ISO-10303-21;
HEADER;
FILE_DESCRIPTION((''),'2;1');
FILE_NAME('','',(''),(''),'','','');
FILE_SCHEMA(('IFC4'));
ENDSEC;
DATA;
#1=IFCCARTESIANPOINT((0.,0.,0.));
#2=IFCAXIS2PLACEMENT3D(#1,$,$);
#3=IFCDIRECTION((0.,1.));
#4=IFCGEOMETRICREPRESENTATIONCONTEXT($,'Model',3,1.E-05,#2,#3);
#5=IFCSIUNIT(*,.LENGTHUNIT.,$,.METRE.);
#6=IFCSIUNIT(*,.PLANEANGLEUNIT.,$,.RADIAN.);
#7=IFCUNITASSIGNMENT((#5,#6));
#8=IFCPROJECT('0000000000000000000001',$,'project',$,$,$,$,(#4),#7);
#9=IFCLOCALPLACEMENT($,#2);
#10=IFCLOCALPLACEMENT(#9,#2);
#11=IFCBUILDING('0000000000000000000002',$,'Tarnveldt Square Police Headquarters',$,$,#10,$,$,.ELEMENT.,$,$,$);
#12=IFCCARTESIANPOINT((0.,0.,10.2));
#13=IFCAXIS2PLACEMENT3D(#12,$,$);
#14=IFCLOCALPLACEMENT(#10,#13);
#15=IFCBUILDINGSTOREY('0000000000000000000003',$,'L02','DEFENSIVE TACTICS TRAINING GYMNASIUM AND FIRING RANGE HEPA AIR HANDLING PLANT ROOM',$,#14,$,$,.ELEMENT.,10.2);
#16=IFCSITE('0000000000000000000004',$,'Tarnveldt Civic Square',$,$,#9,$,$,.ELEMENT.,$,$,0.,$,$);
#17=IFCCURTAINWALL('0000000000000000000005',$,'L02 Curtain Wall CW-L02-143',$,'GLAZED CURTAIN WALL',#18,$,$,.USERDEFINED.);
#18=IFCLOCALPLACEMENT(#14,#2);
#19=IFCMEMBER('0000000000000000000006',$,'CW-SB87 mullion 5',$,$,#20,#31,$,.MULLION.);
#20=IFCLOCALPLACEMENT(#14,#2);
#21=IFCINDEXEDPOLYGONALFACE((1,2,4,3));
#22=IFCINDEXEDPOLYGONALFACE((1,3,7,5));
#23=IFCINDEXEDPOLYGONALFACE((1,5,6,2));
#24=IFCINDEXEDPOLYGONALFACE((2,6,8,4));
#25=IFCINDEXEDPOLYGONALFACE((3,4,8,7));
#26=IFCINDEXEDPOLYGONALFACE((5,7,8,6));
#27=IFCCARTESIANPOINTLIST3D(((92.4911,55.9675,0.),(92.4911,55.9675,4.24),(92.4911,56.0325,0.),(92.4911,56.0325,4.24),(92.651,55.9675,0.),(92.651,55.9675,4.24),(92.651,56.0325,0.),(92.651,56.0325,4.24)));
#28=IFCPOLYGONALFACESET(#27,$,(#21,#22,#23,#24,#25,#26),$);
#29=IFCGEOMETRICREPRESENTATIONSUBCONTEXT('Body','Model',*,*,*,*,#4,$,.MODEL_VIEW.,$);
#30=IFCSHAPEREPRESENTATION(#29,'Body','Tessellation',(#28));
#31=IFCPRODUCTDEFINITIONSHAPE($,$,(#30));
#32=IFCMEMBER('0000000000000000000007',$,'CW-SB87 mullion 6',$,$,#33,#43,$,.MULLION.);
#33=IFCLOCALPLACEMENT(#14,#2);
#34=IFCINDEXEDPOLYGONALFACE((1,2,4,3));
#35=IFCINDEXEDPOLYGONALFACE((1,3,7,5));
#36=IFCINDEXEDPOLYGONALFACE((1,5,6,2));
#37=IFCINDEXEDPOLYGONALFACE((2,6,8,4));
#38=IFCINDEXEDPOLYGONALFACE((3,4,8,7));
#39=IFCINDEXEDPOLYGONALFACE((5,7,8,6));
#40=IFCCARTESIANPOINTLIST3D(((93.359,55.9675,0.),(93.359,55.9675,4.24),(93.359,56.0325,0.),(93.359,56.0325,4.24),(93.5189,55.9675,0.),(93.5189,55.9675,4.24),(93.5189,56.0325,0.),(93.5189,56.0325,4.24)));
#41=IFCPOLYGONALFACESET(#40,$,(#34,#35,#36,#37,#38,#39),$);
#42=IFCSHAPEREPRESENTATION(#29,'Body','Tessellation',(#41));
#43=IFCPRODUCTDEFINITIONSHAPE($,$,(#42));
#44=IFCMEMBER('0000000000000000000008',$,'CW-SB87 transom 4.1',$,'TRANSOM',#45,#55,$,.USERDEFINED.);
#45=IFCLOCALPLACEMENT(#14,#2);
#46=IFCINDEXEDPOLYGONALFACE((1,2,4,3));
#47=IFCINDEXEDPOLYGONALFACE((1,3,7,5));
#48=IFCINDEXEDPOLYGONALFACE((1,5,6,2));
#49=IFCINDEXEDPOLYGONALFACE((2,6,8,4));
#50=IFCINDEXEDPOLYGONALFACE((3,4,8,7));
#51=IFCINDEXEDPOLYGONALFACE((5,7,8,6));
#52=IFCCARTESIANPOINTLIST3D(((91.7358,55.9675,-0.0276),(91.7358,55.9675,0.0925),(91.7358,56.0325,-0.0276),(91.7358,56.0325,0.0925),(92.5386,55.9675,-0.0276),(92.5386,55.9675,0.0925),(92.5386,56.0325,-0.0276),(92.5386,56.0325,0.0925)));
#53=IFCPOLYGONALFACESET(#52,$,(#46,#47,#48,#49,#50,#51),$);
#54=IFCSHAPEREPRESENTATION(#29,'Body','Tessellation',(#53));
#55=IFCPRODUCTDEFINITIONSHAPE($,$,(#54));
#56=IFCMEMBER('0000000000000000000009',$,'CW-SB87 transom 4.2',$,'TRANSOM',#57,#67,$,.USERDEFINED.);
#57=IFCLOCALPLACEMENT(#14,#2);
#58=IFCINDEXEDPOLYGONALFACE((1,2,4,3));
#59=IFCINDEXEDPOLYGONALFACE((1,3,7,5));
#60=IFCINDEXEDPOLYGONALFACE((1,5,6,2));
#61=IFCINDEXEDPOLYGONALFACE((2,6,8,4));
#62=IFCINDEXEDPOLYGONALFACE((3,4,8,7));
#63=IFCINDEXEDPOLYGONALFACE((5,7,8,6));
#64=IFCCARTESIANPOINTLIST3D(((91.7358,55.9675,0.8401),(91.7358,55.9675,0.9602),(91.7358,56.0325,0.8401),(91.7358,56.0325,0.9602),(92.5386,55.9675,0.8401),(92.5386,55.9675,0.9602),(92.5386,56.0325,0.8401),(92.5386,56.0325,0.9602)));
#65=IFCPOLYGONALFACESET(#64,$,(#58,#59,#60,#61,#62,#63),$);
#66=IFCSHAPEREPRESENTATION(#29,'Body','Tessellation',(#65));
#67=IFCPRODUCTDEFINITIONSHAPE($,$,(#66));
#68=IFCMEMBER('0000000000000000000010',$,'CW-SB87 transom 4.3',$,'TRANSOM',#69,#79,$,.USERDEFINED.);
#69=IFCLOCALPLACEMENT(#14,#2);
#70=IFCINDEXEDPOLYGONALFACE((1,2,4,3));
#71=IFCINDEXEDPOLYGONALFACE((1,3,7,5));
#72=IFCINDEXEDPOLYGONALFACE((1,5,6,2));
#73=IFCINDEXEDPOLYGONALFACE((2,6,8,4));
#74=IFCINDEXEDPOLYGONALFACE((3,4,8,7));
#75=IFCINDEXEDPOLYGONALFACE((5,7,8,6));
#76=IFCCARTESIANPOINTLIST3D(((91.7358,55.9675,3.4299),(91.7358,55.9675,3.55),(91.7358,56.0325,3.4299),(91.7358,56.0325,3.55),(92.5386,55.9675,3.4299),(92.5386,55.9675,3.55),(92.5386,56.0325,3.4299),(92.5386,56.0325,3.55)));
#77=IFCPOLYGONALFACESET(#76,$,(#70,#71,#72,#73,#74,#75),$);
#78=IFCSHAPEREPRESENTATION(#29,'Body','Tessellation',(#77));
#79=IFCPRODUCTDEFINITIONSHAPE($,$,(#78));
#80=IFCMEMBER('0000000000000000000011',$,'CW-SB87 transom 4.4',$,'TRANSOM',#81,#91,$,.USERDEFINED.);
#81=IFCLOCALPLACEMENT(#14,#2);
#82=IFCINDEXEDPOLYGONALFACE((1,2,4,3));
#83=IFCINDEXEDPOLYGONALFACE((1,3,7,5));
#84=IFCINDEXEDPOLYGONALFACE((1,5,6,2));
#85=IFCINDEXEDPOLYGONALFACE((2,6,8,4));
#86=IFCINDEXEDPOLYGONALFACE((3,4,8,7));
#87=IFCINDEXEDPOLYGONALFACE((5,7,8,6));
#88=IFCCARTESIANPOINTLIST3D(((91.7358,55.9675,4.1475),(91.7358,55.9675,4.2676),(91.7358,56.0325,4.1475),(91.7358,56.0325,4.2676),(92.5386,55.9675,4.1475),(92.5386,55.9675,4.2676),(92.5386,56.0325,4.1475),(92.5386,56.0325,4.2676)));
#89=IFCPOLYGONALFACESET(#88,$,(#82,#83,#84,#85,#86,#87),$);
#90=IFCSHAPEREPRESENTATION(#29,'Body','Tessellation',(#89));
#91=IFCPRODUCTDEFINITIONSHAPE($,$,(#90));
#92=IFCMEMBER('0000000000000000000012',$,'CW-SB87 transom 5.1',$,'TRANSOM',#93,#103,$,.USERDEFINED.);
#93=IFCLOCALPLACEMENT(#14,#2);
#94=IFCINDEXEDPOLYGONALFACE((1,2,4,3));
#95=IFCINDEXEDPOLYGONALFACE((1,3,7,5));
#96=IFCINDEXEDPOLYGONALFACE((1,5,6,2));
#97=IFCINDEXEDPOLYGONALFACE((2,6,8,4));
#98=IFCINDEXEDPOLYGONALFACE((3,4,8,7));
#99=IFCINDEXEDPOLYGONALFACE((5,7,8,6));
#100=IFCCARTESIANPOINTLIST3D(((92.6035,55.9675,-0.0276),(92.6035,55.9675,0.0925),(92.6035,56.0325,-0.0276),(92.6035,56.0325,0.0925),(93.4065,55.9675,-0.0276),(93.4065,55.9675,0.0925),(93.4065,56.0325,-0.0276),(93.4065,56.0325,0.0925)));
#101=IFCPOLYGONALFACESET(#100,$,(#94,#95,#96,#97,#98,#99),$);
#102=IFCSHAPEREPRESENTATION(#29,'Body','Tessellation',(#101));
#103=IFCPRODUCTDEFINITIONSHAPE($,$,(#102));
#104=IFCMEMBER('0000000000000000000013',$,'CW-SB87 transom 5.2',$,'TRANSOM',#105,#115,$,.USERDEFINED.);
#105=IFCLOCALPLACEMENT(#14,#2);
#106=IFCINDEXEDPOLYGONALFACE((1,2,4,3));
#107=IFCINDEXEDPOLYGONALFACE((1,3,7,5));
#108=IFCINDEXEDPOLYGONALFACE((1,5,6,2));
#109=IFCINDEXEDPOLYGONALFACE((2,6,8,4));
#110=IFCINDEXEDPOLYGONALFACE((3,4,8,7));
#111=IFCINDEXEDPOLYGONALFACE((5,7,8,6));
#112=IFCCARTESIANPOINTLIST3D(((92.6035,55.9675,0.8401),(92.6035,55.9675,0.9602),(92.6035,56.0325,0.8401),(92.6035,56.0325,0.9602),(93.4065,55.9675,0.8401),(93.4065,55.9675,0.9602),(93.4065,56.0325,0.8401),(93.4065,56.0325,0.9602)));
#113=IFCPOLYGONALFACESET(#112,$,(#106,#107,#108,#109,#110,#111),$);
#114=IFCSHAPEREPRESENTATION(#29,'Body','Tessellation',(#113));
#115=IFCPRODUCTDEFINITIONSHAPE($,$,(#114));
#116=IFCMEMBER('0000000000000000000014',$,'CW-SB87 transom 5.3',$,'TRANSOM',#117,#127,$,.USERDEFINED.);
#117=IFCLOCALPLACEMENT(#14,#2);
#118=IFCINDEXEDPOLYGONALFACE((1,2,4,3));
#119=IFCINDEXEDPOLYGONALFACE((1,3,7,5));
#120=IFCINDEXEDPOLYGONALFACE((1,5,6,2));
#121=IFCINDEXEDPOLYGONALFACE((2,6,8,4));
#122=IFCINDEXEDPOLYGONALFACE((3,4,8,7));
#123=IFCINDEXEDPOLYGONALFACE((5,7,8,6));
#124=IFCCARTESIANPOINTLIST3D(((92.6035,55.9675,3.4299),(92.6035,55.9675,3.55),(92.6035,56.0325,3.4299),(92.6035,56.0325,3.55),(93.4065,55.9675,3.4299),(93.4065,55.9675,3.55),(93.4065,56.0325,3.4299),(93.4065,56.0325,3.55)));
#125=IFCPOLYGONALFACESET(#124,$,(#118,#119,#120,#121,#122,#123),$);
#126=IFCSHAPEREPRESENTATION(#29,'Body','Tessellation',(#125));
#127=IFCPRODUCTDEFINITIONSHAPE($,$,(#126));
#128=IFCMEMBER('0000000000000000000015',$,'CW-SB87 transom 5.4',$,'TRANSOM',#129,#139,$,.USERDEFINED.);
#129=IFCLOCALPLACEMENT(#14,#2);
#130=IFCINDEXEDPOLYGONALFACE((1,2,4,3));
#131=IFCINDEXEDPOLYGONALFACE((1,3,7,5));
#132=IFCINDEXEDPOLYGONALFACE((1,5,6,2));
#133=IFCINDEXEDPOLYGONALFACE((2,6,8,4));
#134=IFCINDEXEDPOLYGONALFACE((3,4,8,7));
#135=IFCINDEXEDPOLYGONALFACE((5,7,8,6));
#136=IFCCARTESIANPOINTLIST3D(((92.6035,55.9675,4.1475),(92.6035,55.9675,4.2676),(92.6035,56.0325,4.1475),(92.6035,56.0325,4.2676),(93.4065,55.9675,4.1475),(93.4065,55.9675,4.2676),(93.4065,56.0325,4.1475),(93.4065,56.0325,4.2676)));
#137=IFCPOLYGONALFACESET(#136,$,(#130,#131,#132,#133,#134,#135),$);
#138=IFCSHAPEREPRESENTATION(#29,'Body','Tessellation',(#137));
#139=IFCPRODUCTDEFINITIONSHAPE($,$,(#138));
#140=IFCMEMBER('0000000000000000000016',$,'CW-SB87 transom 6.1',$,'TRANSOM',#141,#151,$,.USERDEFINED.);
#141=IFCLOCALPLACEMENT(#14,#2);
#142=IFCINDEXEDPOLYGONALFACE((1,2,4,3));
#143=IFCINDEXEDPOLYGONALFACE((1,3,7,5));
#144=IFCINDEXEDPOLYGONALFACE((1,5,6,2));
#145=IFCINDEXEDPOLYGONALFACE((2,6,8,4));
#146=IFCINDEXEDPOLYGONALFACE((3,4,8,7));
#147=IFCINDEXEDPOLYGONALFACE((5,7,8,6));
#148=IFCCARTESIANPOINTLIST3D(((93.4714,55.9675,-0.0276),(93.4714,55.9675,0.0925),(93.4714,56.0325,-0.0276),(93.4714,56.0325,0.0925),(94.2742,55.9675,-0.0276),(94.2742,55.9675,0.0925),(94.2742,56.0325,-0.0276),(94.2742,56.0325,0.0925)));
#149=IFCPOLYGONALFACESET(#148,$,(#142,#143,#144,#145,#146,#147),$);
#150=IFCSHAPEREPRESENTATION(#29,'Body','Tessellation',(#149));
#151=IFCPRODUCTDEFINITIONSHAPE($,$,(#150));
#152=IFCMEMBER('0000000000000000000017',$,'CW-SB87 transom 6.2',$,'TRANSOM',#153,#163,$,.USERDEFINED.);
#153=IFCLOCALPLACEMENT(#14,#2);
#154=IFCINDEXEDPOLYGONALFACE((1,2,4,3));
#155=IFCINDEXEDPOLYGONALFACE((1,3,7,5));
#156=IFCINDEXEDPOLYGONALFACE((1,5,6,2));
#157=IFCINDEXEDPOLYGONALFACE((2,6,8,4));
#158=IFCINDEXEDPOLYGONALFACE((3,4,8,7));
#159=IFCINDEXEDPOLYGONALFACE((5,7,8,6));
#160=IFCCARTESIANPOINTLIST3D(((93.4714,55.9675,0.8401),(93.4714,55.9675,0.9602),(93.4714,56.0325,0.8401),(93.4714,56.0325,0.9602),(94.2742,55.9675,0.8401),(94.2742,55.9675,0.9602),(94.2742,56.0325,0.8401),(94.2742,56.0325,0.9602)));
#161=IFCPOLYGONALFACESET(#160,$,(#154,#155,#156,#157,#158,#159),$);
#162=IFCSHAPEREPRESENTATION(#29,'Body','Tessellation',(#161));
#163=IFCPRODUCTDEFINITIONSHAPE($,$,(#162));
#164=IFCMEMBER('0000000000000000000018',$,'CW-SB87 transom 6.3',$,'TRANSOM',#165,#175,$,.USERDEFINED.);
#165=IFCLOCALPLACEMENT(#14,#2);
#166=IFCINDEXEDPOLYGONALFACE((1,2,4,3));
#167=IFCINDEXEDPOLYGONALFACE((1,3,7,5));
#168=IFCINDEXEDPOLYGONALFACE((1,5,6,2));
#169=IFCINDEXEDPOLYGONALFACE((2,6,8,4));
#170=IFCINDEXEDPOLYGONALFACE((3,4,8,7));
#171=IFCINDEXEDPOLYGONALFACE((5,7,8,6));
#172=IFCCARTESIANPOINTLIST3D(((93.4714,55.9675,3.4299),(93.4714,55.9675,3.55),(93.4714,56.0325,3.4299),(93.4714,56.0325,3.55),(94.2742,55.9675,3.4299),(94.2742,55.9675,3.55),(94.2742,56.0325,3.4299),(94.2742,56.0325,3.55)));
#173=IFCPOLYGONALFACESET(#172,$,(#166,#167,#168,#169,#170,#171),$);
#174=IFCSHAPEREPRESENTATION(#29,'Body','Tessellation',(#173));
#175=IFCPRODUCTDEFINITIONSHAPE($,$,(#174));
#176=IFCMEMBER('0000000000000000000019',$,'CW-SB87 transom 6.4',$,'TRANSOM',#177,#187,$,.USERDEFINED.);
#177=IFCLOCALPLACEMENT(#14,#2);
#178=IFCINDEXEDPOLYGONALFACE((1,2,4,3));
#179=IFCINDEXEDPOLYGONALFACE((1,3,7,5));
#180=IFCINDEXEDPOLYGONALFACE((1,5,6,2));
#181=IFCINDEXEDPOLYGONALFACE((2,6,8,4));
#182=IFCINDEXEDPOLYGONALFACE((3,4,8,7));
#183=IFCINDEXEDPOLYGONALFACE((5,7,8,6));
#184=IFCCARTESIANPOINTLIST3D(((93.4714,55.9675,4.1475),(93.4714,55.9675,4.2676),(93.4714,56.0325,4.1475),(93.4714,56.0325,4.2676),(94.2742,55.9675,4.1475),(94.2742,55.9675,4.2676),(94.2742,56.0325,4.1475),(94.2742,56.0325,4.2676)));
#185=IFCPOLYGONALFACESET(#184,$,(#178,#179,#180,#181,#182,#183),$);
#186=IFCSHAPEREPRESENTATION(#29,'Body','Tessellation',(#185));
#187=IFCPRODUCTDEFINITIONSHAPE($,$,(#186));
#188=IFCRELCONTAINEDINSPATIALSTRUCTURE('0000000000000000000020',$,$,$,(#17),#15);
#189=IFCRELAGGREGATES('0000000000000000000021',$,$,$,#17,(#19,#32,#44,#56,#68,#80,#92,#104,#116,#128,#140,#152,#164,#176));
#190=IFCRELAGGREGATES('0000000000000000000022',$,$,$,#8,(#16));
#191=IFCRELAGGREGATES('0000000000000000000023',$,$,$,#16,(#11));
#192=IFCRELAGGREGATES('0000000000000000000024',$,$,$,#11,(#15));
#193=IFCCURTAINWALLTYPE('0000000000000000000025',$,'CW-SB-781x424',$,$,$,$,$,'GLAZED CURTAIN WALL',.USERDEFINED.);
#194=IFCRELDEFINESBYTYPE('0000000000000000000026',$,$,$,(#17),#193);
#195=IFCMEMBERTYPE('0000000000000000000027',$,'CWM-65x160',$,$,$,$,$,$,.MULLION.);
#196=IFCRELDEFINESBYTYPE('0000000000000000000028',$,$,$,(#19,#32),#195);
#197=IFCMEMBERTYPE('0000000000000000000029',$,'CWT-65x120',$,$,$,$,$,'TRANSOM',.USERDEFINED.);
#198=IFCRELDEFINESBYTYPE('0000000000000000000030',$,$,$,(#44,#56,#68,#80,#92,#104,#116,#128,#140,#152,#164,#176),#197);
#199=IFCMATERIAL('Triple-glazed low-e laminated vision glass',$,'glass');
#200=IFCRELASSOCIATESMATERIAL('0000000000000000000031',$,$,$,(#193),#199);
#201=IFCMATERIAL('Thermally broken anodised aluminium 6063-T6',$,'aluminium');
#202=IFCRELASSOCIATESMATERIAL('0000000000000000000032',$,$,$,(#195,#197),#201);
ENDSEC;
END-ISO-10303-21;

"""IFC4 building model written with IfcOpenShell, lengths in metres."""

from ifc_helpers import new_model, si_unit, direction, frame, origin, origin_2d, place, context, subcontext, project, spatial, rectangle, extrude, material, material_profile, profile_set, type_object, element, aggregate, save


model = new_model("IFC4")

# Units and contexts
model_context = context("Model", 3, precision=1e-05, world=origin(), true_north=direction((0.0, 1.0)))
body_context = subcontext(model_context, "Body", "Model", "MODEL_VIEW")
ifc_project = project(units=[si_unit("LENGTHUNIT", "METRE"), si_unit("PLANEANGLEUNIT", "RADIAN")], contexts=[model_context])

# Site, building, storey
site_placement = place(None, origin())
site = spatial("IfcSite", under=ifc_project, at=site_placement, Name="Tarnveldt Civic Square", CompositionType="ELEMENT", RefElevation=0.0)
building_placement = place(site_placement, origin())
building = spatial("IfcBuilding", under=site, at=building_placement, Name="Tarnveldt Square Police Headquarters", CompositionType="ELEMENT")
storey_placement = place(building_placement, frame((0.0, 0.0, 10.2)))
storey = spatial("IfcBuildingStorey", under=building, at=storey_placement, Name="L02", Description="DEFENSIVE TACTICS TRAINING GYMNASIUM AND FIRING RANGE HEPA AIR HANDLING PLANT ROOM", CompositionType="ELEMENT", Elevation=10.2)

# Curtain wall, members
ifc_material_1 = material(Name="Triple-glazed low-e laminated vision glass", Category="glass")
curtain_wall_type = type_object("IfcCurtainWallType", Name="CW-SB-781x424", ElementType="GLAZED CURTAIN WALL", PredefinedType="USERDEFINED", material=ifc_material_1)
curtain_wall_placement = place(storey_placement, origin())
curtain_wall = element("IfcCurtainWall", 1, at=curtain_wall_placement, inside=storey, type_object=curtain_wall_type, Name="L02 Curtain Wall CW-L02-143", ObjectType="GLAZED CURTAIN WALL", PredefinedType="USERDEFINED")
ifc_material_2 = material(Name="Thermally broken anodised aluminium 6063-T6", Category="aluminium")
ifc_material_profile_1 = material_profile(ifc_material_2, rectangle(XDim=0.0649, YDim=0.1599, at=origin_2d()), Name="CW-M65x160")
ifc_profile_set_1 = profile_set([ifc_material_profile_1], Name="Thermally broken anodised aluminium 6063-T6")
member_type_1 = type_object("IfcMemberType", Name="CWM-65x160", PredefinedType="MULLION", material=ifc_profile_set_1)
member_1_placement = place(storey_placement, frame((92.571, 56.0, 0.0), z_axis=(0.0, 0.0, 1.0), x_axis=(0.0, 1.0, 0.0)))
member_1 = element("IfcMember", 2, at=member_1_placement, type_object=member_type_1, Name="CW-SB87 mullion 5", PredefinedType="MULLION", context=body_context, shape_type="SweptSolid", body=[
    extrude(rectangle(XDim=0.0649, YDim=0.1599, at=origin_2d()), origin(), (0.0, 0.0, 1.0), 4.24),
])
member_2_placement = place(storey_placement, frame((93.439, 56.0, 0.0), z_axis=(0.0, 0.0, 1.0), x_axis=(0.0, 1.0, 0.0)))
member_2 = element("IfcMember", 3, at=member_2_placement, type_object=member_type_1, Name="CW-SB87 mullion 6", PredefinedType="MULLION", context=body_context, shape_type="SweptSolid", body=[
    extrude(rectangle(XDim=0.0649, YDim=0.1599, at=origin_2d()), origin(), (0.0, 0.0, 1.0), 4.24),
])
ifc_material_profile_2 = material_profile(ifc_material_2, rectangle(XDim=0.0649, YDim=0.1201, at=origin_2d()), Name="CW-T65x120")
ifc_profile_set_2 = profile_set([ifc_material_profile_2], Name="Thermally broken anodised aluminium 6063-T6")
member_type_2 = type_object("IfcMemberType", Name="CWT-65x120", ElementType="TRANSOM", PredefinedType="USERDEFINED", material=ifc_profile_set_2)
member_3_placement = place(storey_placement, frame((91.7358, 56.0, 0.0325), z_axis=(1.0, 0.0, 0.0), x_axis=(0.0, 1.0, 0.0)))
member_3 = element("IfcMember", 4, at=member_3_placement, type_object=member_type_2, Name="CW-SB87 transom 4.1", ObjectType="TRANSOM", PredefinedType="USERDEFINED", context=body_context, shape_type="SweptSolid", body=[
    extrude(rectangle(XDim=0.0649, YDim=0.1201, at=origin_2d()), origin(), (0.0, 0.0, 1.0), 0.8027),
])
member_4_placement = place(storey_placement, frame((91.7358, 56.0, 0.9001), z_axis=(1.0, 0.0, 0.0), x_axis=(0.0, 1.0, 0.0)))
member_4 = element("IfcMember", 5, at=member_4_placement, type_object=member_type_2, Name="CW-SB87 transom 4.2", ObjectType="TRANSOM", PredefinedType="USERDEFINED", context=body_context, shape_type="SweptSolid", body=[
    extrude(rectangle(XDim=0.0649, YDim=0.1201, at=origin_2d()), origin(), (0.0, 0.0, 1.0), 0.8027),
])
member_5_placement = place(storey_placement, frame((91.7358, 56.0, 3.49), z_axis=(1.0, 0.0, 0.0), x_axis=(0.0, 1.0, 0.0)))
member_5 = element("IfcMember", 6, at=member_5_placement, type_object=member_type_2, Name="CW-SB87 transom 4.3", ObjectType="TRANSOM", PredefinedType="USERDEFINED", context=body_context, shape_type="SweptSolid", body=[
    extrude(rectangle(XDim=0.0649, YDim=0.1201, at=origin_2d()), origin(), (0.0, 0.0, 1.0), 0.8027),
])
member_6_placement = place(storey_placement, frame((91.7358, 56.0, 4.2075), z_axis=(1.0, 0.0, 0.0), x_axis=(0.0, 1.0, 0.0)))
member_6 = element("IfcMember", 7, at=member_6_placement, type_object=member_type_2, Name="CW-SB87 transom 4.4", ObjectType="TRANSOM", PredefinedType="USERDEFINED", context=body_context, shape_type="SweptSolid", body=[
    extrude(rectangle(XDim=0.0649, YDim=0.1201, at=origin_2d()), origin(), (0.0, 0.0, 1.0), 0.8027),
])
member_7_placement = place(storey_placement, frame((92.6035, 56.0, 0.0325), z_axis=(1.0, 0.0, 0.0), x_axis=(0.0, 1.0, 0.0)))
member_7 = element("IfcMember", 8, at=member_7_placement, type_object=member_type_2, Name="CW-SB87 transom 5.1", ObjectType="TRANSOM", PredefinedType="USERDEFINED", context=body_context, shape_type="SweptSolid", body=[
    extrude(rectangle(XDim=0.0649, YDim=0.1201, at=origin_2d()), origin(), (0.0, 0.0, 1.0), 0.803),
])
member_8_placement = place(storey_placement, frame((92.6035, 56.0, 0.9001), z_axis=(1.0, 0.0, 0.0), x_axis=(0.0, 1.0, 0.0)))
member_8 = element("IfcMember", 9, at=member_8_placement, type_object=member_type_2, Name="CW-SB87 transom 5.2", ObjectType="TRANSOM", PredefinedType="USERDEFINED", context=body_context, shape_type="SweptSolid", body=[
    extrude(rectangle(XDim=0.0649, YDim=0.1201, at=origin_2d()), origin(), (0.0, 0.0, 1.0), 0.803),
])
member_9_placement = place(storey_placement, frame((92.6035, 56.0, 3.49), z_axis=(1.0, 0.0, 0.0), x_axis=(0.0, 1.0, 0.0)))
member_9 = element("IfcMember", 10, at=member_9_placement, type_object=member_type_2, Name="CW-SB87 transom 5.3", ObjectType="TRANSOM", PredefinedType="USERDEFINED", context=body_context, shape_type="SweptSolid", body=[
    extrude(rectangle(XDim=0.0649, YDim=0.1201, at=origin_2d()), origin(), (0.0, 0.0, 1.0), 0.803),
])
member_10_placement = place(storey_placement, frame((92.6035, 56.0, 4.2075), z_axis=(1.0, 0.0, 0.0), x_axis=(0.0, 1.0, 0.0)))
member_10 = element("IfcMember", 11, at=member_10_placement, type_object=member_type_2, Name="CW-SB87 transom 5.4", ObjectType="TRANSOM", PredefinedType="USERDEFINED", context=body_context, shape_type="SweptSolid", body=[
    extrude(rectangle(XDim=0.0649, YDim=0.1201, at=origin_2d()), origin(), (0.0, 0.0, 1.0), 0.803),
])
member_11_placement = place(storey_placement, frame((93.4714, 56.0, 0.0325), z_axis=(1.0, 0.0, 0.0), x_axis=(0.0, 1.0, 0.0)))
member_11 = element("IfcMember", 12, at=member_11_placement, type_object=member_type_2, Name="CW-SB87 transom 6.1", ObjectType="TRANSOM", PredefinedType="USERDEFINED", context=body_context, shape_type="SweptSolid", body=[
    extrude(rectangle(XDim=0.0649, YDim=0.1201, at=origin_2d()), origin(), (0.0, 0.0, 1.0), 0.8027),
])
member_12_placement = place(storey_placement, frame((93.4714, 56.0, 0.9001), z_axis=(1.0, 0.0, 0.0), x_axis=(0.0, 1.0, 0.0)))
member_12 = element("IfcMember", 13, at=member_12_placement, type_object=member_type_2, Name="CW-SB87 transom 6.2", ObjectType="TRANSOM", PredefinedType="USERDEFINED", context=body_context, shape_type="SweptSolid", body=[
    extrude(rectangle(XDim=0.0649, YDim=0.1201, at=origin_2d()), origin(), (0.0, 0.0, 1.0), 0.8027),
])
member_13_placement = place(storey_placement, frame((93.4714, 56.0, 3.49), z_axis=(1.0, 0.0, 0.0), x_axis=(0.0, 1.0, 0.0)))
member_13 = element("IfcMember", 14, at=member_13_placement, type_object=member_type_2, Name="CW-SB87 transom 6.3", ObjectType="TRANSOM", PredefinedType="USERDEFINED", context=body_context, shape_type="SweptSolid", body=[
    extrude(rectangle(XDim=0.0649, YDim=0.1201, at=origin_2d()), origin(), (0.0, 0.0, 1.0), 0.8027),
])
member_14_placement = place(storey_placement, frame((93.4714, 56.0, 4.2075), z_axis=(1.0, 0.0, 0.0), x_axis=(0.0, 1.0, 0.0)))
member_14 = element("IfcMember", 15, at=member_14_placement, type_object=member_type_2, Name="CW-SB87 transom 6.4", ObjectType="TRANSOM", PredefinedType="USERDEFINED", context=body_context, shape_type="SweptSolid", body=[
    extrude(rectangle(XDim=0.0649, YDim=0.1201, at=origin_2d()), origin(), (0.0, 0.0, 1.0), 0.8027),
])
aggregate(curtain_wall, [member_1, member_2, member_3, member_4, member_5, member_6, member_7, member_8, member_9, member_10, member_11, member_12, member_13, member_14])

save(model, "model.ifc")
